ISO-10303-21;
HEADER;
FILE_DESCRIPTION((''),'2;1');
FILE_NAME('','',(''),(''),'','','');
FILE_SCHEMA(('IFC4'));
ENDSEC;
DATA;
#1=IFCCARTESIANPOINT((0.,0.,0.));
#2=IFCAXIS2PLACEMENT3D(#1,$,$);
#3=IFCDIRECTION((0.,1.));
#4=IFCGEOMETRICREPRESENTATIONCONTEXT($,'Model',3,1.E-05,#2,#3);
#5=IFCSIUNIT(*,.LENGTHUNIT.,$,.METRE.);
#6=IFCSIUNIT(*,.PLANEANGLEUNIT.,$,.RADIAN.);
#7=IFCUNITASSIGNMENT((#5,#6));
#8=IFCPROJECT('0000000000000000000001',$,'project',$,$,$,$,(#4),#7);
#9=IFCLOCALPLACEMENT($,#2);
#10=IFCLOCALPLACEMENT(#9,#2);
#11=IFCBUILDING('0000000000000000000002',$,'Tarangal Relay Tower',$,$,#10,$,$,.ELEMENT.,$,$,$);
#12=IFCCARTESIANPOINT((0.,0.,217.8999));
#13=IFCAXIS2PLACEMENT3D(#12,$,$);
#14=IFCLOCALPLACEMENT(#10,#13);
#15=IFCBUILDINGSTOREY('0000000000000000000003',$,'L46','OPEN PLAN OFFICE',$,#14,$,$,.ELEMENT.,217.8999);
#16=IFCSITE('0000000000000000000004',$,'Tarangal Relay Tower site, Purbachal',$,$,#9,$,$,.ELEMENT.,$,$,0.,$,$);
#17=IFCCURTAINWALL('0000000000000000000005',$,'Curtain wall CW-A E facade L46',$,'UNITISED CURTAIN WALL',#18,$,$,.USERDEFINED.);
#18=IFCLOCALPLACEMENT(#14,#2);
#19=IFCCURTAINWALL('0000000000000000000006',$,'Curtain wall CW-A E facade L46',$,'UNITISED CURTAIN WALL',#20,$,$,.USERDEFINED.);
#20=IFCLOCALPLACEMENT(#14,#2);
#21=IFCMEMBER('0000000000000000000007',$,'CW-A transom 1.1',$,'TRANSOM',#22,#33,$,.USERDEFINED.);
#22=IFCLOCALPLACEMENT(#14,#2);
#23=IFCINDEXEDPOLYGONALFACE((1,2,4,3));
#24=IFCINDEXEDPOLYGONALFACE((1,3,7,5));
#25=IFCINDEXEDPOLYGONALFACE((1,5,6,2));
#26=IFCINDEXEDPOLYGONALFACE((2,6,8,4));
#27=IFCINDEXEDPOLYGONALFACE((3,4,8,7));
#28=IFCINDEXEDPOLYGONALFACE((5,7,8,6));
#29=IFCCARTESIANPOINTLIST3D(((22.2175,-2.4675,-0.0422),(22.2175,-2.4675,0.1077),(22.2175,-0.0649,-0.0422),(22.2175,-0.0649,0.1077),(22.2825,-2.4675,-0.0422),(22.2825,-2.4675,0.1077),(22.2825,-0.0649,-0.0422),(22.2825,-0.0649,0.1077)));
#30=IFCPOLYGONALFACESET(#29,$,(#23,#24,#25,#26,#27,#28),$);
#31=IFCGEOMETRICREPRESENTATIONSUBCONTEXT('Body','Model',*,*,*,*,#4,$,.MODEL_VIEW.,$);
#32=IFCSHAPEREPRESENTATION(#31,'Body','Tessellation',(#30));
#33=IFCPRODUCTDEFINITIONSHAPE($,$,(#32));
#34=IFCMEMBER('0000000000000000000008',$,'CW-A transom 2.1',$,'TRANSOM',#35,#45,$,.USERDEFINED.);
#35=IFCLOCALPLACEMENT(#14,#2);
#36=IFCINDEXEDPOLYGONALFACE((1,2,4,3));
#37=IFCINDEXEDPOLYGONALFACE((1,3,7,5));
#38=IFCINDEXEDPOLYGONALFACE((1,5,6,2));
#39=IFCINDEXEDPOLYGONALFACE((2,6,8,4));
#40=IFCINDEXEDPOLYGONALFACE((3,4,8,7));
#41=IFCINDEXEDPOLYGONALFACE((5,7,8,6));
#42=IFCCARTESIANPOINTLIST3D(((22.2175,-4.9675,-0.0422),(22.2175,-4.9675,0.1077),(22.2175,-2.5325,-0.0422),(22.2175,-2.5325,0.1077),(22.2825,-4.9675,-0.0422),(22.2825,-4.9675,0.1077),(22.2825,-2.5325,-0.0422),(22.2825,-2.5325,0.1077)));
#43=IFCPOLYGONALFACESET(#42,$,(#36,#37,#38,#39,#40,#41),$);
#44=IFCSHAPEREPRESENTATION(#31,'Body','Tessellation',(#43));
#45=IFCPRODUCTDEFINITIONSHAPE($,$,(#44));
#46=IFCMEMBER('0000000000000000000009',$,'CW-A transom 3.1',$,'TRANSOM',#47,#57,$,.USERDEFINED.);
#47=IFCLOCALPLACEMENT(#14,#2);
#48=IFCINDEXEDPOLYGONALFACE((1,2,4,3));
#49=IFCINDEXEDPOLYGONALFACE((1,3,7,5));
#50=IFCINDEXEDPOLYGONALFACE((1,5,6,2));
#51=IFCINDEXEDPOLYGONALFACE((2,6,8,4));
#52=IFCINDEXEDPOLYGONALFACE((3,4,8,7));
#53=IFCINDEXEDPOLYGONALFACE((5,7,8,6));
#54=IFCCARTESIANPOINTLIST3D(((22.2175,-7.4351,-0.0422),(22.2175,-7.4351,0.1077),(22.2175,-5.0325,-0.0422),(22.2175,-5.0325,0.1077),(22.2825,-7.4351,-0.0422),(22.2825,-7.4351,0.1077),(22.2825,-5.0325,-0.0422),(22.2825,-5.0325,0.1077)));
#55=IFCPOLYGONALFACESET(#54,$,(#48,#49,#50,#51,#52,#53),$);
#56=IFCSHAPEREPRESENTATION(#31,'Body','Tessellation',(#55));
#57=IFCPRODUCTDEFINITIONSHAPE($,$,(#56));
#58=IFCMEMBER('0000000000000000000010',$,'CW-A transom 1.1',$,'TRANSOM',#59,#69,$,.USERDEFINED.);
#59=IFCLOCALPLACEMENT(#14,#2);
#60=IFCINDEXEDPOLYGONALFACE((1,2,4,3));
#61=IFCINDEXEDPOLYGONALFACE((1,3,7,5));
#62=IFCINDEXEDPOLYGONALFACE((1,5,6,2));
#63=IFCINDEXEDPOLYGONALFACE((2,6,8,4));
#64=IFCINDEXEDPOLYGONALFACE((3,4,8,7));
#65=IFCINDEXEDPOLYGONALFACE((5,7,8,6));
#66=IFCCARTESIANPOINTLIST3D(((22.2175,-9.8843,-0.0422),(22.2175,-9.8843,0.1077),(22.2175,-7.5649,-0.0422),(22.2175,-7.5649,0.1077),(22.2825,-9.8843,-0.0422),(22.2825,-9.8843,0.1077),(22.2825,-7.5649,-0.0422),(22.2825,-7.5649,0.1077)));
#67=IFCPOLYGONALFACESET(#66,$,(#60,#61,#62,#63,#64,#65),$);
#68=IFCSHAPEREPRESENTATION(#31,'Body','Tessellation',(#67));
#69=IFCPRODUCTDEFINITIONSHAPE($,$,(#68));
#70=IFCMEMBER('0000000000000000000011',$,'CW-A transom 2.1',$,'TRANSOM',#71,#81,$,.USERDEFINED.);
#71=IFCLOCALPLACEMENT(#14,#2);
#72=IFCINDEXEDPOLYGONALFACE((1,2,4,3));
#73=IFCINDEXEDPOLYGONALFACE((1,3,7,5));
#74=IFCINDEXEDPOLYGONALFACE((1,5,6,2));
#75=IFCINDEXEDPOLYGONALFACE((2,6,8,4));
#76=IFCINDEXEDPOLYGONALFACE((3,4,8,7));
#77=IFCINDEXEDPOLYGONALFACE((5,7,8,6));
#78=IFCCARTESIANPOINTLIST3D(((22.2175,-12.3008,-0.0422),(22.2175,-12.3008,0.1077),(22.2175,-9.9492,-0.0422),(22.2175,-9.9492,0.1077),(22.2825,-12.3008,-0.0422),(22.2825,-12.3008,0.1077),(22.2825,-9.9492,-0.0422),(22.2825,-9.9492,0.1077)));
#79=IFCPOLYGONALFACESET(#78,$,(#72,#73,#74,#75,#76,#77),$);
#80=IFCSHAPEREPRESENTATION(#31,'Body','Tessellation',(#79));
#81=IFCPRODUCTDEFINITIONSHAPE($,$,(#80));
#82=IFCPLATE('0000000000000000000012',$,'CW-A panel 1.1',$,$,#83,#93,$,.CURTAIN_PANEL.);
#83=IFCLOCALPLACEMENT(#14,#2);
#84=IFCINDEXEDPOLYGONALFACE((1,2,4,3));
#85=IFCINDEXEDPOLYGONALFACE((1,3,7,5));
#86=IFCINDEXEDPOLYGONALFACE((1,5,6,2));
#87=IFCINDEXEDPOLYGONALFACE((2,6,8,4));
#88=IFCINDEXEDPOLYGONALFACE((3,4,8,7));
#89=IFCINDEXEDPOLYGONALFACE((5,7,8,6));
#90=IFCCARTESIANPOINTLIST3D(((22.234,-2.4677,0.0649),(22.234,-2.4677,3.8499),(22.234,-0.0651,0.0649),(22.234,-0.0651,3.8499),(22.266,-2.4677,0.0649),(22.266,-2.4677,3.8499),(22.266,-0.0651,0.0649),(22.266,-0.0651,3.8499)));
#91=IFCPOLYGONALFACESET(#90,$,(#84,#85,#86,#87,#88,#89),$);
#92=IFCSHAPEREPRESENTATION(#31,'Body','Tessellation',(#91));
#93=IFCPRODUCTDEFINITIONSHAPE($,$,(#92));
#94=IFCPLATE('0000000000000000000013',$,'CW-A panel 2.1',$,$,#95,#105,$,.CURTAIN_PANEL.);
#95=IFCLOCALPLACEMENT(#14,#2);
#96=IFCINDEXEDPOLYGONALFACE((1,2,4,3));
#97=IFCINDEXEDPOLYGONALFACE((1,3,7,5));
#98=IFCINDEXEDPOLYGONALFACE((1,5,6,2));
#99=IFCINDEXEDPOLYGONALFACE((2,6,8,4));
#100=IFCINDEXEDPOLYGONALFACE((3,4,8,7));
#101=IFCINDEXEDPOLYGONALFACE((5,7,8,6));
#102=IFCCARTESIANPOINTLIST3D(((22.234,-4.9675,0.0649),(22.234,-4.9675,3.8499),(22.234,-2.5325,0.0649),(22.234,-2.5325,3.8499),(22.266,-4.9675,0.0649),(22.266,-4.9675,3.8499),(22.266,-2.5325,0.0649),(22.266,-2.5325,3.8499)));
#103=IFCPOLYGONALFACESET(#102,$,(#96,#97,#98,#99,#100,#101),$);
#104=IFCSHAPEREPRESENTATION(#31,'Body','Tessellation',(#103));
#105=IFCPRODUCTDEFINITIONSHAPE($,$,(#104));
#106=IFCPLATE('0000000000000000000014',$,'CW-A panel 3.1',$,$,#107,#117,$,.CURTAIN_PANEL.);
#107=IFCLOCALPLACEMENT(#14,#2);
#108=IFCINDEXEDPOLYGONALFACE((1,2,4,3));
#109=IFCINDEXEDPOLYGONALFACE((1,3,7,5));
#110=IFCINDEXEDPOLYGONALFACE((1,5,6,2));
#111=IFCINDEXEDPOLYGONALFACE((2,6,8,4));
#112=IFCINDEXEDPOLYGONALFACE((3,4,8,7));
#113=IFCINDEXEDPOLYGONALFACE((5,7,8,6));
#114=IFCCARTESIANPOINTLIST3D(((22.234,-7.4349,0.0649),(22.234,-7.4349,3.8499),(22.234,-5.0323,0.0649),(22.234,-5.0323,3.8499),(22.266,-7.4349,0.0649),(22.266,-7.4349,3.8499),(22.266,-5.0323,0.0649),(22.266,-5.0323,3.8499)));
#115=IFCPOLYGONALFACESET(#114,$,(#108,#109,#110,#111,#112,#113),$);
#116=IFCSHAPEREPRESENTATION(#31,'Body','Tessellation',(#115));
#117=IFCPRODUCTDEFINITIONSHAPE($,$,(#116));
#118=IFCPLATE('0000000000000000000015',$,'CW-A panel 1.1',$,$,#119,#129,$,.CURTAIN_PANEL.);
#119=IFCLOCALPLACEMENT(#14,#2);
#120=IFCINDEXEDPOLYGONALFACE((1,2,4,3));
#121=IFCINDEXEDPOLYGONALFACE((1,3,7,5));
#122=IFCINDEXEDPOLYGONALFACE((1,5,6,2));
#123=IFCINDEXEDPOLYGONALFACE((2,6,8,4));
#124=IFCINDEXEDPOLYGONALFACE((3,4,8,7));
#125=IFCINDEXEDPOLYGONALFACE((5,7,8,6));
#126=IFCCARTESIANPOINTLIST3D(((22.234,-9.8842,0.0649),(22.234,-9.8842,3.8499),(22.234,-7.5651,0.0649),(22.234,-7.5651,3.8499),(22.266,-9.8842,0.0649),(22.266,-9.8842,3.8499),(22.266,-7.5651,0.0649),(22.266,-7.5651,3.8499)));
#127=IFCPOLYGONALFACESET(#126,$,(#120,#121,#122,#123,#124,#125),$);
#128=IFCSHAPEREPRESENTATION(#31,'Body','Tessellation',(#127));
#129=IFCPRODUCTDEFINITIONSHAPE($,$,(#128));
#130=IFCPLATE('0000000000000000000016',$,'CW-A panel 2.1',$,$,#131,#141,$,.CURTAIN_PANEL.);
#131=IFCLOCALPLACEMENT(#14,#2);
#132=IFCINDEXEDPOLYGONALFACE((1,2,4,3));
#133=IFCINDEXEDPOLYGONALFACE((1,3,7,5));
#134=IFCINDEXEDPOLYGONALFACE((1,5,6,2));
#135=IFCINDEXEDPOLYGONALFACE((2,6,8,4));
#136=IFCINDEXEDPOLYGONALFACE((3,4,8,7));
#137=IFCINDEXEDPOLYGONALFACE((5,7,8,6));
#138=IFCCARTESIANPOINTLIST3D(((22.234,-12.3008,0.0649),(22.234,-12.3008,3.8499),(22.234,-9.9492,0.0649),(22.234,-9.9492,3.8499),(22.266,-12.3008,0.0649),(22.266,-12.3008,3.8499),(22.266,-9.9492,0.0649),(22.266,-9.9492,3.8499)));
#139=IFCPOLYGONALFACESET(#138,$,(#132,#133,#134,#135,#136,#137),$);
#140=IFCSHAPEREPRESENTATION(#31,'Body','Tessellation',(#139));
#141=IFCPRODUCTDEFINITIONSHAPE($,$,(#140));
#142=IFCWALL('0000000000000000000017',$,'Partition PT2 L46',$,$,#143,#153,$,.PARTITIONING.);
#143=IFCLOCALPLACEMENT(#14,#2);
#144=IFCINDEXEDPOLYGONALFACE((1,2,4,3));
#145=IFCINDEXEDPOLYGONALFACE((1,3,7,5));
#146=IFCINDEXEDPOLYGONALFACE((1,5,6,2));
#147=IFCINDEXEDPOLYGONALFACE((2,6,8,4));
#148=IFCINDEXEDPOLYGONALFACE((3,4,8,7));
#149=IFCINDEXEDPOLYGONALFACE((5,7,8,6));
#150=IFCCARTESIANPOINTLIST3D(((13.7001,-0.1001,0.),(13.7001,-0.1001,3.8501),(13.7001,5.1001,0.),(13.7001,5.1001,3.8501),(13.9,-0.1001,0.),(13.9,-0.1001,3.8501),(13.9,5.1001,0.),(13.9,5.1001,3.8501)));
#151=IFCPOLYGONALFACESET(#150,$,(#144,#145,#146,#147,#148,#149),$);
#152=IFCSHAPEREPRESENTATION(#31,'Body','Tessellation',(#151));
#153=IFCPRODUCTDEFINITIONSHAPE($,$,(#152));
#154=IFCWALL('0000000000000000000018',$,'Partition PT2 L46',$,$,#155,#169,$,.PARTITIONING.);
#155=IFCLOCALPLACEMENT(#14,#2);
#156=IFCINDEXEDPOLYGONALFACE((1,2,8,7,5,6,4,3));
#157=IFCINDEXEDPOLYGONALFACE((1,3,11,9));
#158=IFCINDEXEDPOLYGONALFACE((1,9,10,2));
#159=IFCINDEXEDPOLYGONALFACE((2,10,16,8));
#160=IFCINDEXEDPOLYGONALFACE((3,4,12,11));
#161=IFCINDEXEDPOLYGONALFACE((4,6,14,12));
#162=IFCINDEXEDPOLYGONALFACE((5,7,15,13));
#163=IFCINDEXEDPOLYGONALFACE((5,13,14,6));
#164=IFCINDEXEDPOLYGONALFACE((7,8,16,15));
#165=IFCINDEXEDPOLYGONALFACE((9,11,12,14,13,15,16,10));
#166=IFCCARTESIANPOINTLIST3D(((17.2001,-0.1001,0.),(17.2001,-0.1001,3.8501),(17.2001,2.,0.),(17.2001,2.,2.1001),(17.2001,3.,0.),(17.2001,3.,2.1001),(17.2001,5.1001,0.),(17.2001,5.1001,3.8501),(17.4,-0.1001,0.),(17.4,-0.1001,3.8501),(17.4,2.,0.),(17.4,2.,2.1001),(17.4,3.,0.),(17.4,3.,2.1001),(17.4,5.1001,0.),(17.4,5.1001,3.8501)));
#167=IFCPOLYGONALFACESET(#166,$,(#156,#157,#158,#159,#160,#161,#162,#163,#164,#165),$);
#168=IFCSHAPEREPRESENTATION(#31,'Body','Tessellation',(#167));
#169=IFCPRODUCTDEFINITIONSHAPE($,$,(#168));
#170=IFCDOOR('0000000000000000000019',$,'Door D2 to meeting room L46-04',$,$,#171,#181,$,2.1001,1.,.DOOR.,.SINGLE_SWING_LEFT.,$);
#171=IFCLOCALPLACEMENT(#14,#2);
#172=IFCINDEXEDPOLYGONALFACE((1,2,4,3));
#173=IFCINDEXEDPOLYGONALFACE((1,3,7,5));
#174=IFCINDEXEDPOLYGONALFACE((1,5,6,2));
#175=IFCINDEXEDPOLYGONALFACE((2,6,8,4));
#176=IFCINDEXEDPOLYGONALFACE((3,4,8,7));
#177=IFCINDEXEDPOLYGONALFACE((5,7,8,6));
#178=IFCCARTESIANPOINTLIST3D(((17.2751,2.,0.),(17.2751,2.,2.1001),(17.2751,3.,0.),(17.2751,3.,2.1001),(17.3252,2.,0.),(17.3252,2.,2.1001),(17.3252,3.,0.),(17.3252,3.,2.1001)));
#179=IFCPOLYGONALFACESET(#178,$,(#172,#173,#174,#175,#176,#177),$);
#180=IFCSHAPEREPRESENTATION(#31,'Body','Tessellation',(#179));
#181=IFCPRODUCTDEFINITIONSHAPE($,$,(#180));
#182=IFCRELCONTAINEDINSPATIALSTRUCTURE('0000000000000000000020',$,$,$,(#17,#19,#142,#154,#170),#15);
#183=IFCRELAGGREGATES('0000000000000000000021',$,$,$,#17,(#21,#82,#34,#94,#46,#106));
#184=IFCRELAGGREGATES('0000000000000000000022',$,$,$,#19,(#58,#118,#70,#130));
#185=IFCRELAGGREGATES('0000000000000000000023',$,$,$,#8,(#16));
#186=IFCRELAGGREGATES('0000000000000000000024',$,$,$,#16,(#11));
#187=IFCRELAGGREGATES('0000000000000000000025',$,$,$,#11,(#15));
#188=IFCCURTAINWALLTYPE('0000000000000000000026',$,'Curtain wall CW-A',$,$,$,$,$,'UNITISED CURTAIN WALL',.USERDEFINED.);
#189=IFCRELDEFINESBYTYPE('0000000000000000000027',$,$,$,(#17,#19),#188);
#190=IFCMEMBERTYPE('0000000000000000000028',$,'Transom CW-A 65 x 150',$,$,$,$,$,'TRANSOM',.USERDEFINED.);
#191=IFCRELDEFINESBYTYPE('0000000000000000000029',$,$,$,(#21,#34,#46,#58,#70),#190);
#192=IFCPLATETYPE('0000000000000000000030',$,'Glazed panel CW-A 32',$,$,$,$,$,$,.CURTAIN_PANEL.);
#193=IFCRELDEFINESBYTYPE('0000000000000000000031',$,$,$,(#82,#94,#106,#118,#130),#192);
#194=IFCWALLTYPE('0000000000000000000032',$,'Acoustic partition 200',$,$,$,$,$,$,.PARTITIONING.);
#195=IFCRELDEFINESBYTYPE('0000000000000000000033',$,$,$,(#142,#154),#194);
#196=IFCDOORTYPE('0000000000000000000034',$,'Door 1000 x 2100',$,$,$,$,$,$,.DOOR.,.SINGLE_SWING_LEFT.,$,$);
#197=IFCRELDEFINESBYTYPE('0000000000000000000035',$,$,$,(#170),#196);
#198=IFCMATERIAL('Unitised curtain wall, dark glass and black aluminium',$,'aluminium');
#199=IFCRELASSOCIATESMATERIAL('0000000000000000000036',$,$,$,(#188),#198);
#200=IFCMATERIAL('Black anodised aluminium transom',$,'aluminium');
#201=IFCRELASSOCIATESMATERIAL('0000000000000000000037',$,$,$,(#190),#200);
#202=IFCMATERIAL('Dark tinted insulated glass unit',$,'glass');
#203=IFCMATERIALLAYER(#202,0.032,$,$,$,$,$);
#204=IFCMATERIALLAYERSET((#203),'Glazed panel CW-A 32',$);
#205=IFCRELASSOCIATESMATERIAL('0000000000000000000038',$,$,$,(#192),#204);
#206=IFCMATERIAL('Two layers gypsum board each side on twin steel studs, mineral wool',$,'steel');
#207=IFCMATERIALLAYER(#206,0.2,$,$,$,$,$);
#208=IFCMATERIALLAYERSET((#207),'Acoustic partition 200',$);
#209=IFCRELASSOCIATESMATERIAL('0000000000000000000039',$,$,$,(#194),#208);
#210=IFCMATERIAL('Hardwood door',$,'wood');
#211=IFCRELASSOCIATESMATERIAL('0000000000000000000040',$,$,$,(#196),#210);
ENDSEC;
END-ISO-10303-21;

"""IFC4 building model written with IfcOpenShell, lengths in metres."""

from ifc_helpers import new_model, si_unit, direction, frame, frame_2d, origin, origin_2d, place, context, subcontext, project, spatial, rectangle, extrude, material, layer, layer_set, material_profile, profile_set, type_object, element, fill, aggregate, save


model = new_model("IFC4")

# Units and contexts
model_context = context("Model", 3, precision=1e-05, world=origin(), true_north=direction((0.0, 1.0)))
body_context = subcontext(model_context, "Body", "Model", "MODEL_VIEW")
ifc_project = project(units=[si_unit("LENGTHUNIT", "METRE"), si_unit("PLANEANGLEUNIT", "RADIAN")], contexts=[model_context])

# Site, building, storey
site_placement = place(None, origin())
site = spatial("IfcSite", under=ifc_project, at=site_placement, Name="Tarangal Relay Tower site, Purbachal", CompositionType="ELEMENT", RefElevation=0.0)
building_placement = place(site_placement, origin())
building = spatial("IfcBuilding", under=site, at=building_placement, Name="Tarangal Relay Tower", CompositionType="ELEMENT")
storey_placement = place(building_placement, frame((0.0, 0.0, 217.8999)))
storey = spatial("IfcBuildingStorey", under=building, at=storey_placement, Name="L46", Description="OPEN PLAN OFFICE", CompositionType="ELEMENT", Elevation=217.8999)

# Curtain walls
ifc_material_1 = material(Name="Unitised curtain wall, dark glass and black aluminium", Category="aluminium")
curtain_wall_type = type_object("IfcCurtainWallType", Name="Curtain wall CW-A", ElementType="UNITISED CURTAIN WALL", PredefinedType="USERDEFINED", material=ifc_material_1)
curtain_wall_1_placement = place(storey_placement, origin())
curtain_wall_1 = element("IfcCurtainWall", 1, at=curtain_wall_1_placement, inside=storey, type_object=curtain_wall_type, Name="Curtain wall CW-A E facade L46", ObjectType="UNITISED CURTAIN WALL", PredefinedType="USERDEFINED")
curtain_wall_2_placement = place(storey_placement, origin())
curtain_wall_2 = element("IfcCurtainWall", 2, at=curtain_wall_2_placement, inside=storey, type_object=curtain_wall_type, Name="Curtain wall CW-A E facade L46", ObjectType="UNITISED CURTAIN WALL", PredefinedType="USERDEFINED")

# Members
ifc_material_2 = material(Name="Black anodised aluminium transom", Category="aluminium")
ifc_material_profile_1 = material_profile(ifc_material_2, rectangle(XDim=0.0649, YDim=0.1499, at=origin_2d()), Name="CW-AT 65X150")
ifc_profile_set_1 = profile_set([ifc_material_profile_1], Name="Black anodised aluminium transom")
member_type_1 = type_object("IfcMemberType", Name="Transom CW-A 65 x 150", ElementType="TRANSOM", PredefinedType="USERDEFINED", material=ifc_profile_set_1)
member_1_placement = place(storey_placement, frame((22.25, -0.0649, 0.0327), z_axis=(0.0, -1.0, 0.0), x_axis=(1.0, 0.0, 0.0)))
member_1 = element("IfcMember", 3, at=member_1_placement, type_object=member_type_1, Name="CW-A transom 1.1", ObjectType="TRANSOM", PredefinedType="USERDEFINED", context=body_context, shape_type="SweptSolid", body=[
    extrude(rectangle(XDim=0.0649, YDim=0.1499, at=origin_2d()), origin(), (0.0, 0.0, 1.0), 2.4026),
])
member_2_placement = place(storey_placement, frame((22.25, -2.5325, 0.0327), z_axis=(0.0, -1.0, 0.0), x_axis=(1.0, 0.0, 0.0)))
member_2 = element("IfcMember", 4, at=member_2_placement, type_object=member_type_1, Name="CW-A transom 2.1", ObjectType="TRANSOM", PredefinedType="USERDEFINED", context=body_context, shape_type="SweptSolid", body=[
    extrude(rectangle(XDim=0.0649, YDim=0.1499, at=origin_2d()), origin(), (0.0, 0.0, 1.0), 2.4351),
])
member_3_placement = place(storey_placement, frame((22.25, -5.0325, 0.0327), z_axis=(0.0, -1.0, 0.0), x_axis=(1.0, 0.0, 0.0)))
member_3 = element("IfcMember", 5, at=member_3_placement, type_object=member_type_1, Name="CW-A transom 3.1", ObjectType="TRANSOM", PredefinedType="USERDEFINED", context=body_context, shape_type="SweptSolid", body=[
    extrude(rectangle(XDim=0.0649, YDim=0.1499, at=origin_2d()), origin(), (0.0, 0.0, 1.0), 2.4026),
])
member_4_placement = place(storey_placement, frame((22.25, -7.5649, 0.0327), z_axis=(0.0, -1.0, 0.0), x_axis=(1.0, 0.0, 0.0)))
member_4 = element("IfcMember", 6, at=member_4_placement, type_object=member_type_1, Name="CW-A transom 1.1", ObjectType="TRANSOM", PredefinedType="USERDEFINED", context=body_context, shape_type="SweptSolid", body=[
    extrude(rectangle(XDim=0.0649, YDim=0.1499, at=origin_2d()), origin(), (0.0, 0.0, 1.0), 2.3193),
])
member_5_placement = place(storey_placement, frame((22.25, -9.9492, 0.0327), z_axis=(0.0, -1.0, 0.0), x_axis=(1.0, 0.0, 0.0)))
member_5 = element("IfcMember", 7, at=member_5_placement, type_object=member_type_1, Name="CW-A transom 2.1", ObjectType="TRANSOM", PredefinedType="USERDEFINED", context=body_context, shape_type="SweptSolid", body=[
    extrude(rectangle(XDim=0.0649, YDim=0.1499, at=origin_2d()), origin(), (0.0, 0.0, 1.0), 2.3516),
])

# Plates
ifc_material_3 = material(Name="Dark tinted insulated glass unit", Category="glass")
ifc_layer_1 = layer(ifc_material_3, 0.032)
ifc_layer_set_1 = layer_set([ifc_layer_1], Name="Glazed panel CW-A 32")
plate_type = type_object("IfcPlateType", Name="Glazed panel CW-A 32", PredefinedType="CURTAIN_PANEL", material=ifc_layer_set_1)
plate_1_placement = place(storey_placement, frame((22.25, -1.2664, 0.0649), z_axis=(0.0, 0.0, 1.0), x_axis=(0.0, -1.0, 0.0)))
plate_1 = element("IfcPlate", 8, at=plate_1_placement, type_object=plate_type, Name="CW-A panel 1.1", PredefinedType="CURTAIN_PANEL", context=body_context, shape_type="SweptSolid", body=[
    extrude(rectangle(XDim=2.4026, YDim=0.032, at=origin_2d()), origin(), (0.0, 0.0, 1.0), 3.7849),
])
plate_2_placement = place(storey_placement, frame((22.25, -3.75, 0.0649), z_axis=(0.0, 0.0, 1.0), x_axis=(0.0, -1.0, 0.0)))
plate_2 = element("IfcPlate", 9, at=plate_2_placement, type_object=plate_type, Name="CW-A panel 2.1", PredefinedType="CURTAIN_PANEL", context=body_context, shape_type="SweptSolid", body=[
    extrude(rectangle(XDim=2.4351, YDim=0.032, at=origin_2d()), origin(), (0.0, 0.0, 1.0), 3.7849),
])
plate_3_placement = place(storey_placement, frame((22.25, -6.2336, 0.0649), z_axis=(0.0, 0.0, 1.0), x_axis=(0.0, -1.0, 0.0)))
plate_3 = element("IfcPlate", 10, at=plate_3_placement, type_object=plate_type, Name="CW-A panel 3.1", PredefinedType="CURTAIN_PANEL", context=body_context, shape_type="SweptSolid", body=[
    extrude(rectangle(XDim=2.4026, YDim=0.032, at=origin_2d()), origin(), (0.0, 0.0, 1.0), 3.7849),
])
aggregate(curtain_wall_1, [member_1, plate_1, member_2, plate_2, member_3, plate_3])
plate_4_placement = place(storey_placement, frame((22.25, -8.7246, 0.0649), z_axis=(0.0, 0.0, 1.0), x_axis=(0.0, -1.0, 0.0)))
plate_4 = element("IfcPlate", 11, at=plate_4_placement, type_object=plate_type, Name="CW-A panel 1.1", PredefinedType="CURTAIN_PANEL", context=body_context, shape_type="SweptSolid", body=[
    extrude(rectangle(XDim=2.3191, YDim=0.032, at=origin_2d()), origin(), (0.0, 0.0, 1.0), 3.7849),
])
plate_5_placement = place(storey_placement, frame((22.25, -11.125, 0.0649), z_axis=(0.0, 0.0, 1.0), x_axis=(0.0, -1.0, 0.0)))
plate_5 = element("IfcPlate", 12, at=plate_5_placement, type_object=plate_type, Name="CW-A panel 2.1", PredefinedType="CURTAIN_PANEL", context=body_context, shape_type="SweptSolid", body=[
    extrude(rectangle(XDim=2.3516, YDim=0.032, at=origin_2d()), origin(), (0.0, 0.0, 1.0), 3.7849),
])
aggregate(curtain_wall_2, [member_4, plate_4, member_5, plate_5])

# Wall
ifc_material_4 = material(Name="Two layers gypsum board each side on twin steel studs, mineral wool", Category="steel")
ifc_layer_2 = layer(ifc_material_4, 0.2)
ifc_layer_set_2 = layer_set([ifc_layer_2], Name="Acoustic partition 200")
wall_type_1 = type_object("IfcWallType", Name="Acoustic partition 200", PredefinedType="PARTITIONING", material=ifc_layer_set_2)
wall_1_placement = place(storey_placement, frame((13.8, -0.1001, 0.0), z_axis=(0.0, 0.0, 1.0), x_axis=(0.0, 1.0, 0.0)))
element("IfcWall", 13, at=wall_1_placement, inside=storey, type_object=wall_type_1, Name="Partition PT2 L46", PredefinedType="PARTITIONING", context=body_context, shape_type="SweptSolid", body=[
    extrude(rectangle(XDim=5.2002, YDim=0.2, at=frame_2d((2.6001, 0.0))), origin(), (0.0, 0.0, 1.0), 3.8501),
])

# Wall, opening, door
wall_2_placement = place(storey_placement, frame((17.3, -0.1001, 0.0), z_axis=(0.0, 0.0, 1.0), x_axis=(0.0, 1.0, 0.0)))
wall_2 = element("IfcWall", 14, at=wall_2_placement, inside=storey, type_object=wall_type_1, Name="Partition PT2 L46", PredefinedType="PARTITIONING", context=body_context, shape_type="SweptSolid", body=[
    extrude(rectangle(XDim=5.2002, YDim=0.2, at=frame_2d((2.6001, 0.0))), origin(), (0.0, 0.0, 1.0), 3.8501),
])
opening_1_placement = place(wall_2_placement, frame((2.1001, 0.0, 0.0)))
opening_1 = element("IfcOpeningElement", 15, at=opening_1_placement, cuts=wall_2, PredefinedType="OPENING", context=body_context, shape_type="SweptSolid", body=[
    extrude(rectangle(XDim=1.0, YDim=2.1001, at=frame_2d((0.5, 1.05))), frame((0.0, 0.1099, 0.0), z_axis=(0.0, -1.0, 0.0), x_axis=(1.0, 0.0, 0.0)), (0.0, 0.0, 1.0), 0.22),
])
ifc_material_5 = material(Name="Hardwood door", Category="wood")
door_type_1 = type_object("IfcDoorType", Name="Door 1000 x 2100", OperationType="SINGLE_SWING_LEFT", PredefinedType="DOOR", material=ifc_material_5)
door_1_placement = place(opening_1_placement, origin())
door_1 = element("IfcDoor", 16, at=door_1_placement, inside=storey, type_object=door_type_1, Name="Door D2 to meeting room L46-04", OperationType="SINGLE_SWING_LEFT", OverallHeight=2.1001, OverallWidth=1.0, PredefinedType="DOOR", context=body_context, shape_type="SweptSolid", body=[
    extrude(rectangle(XDim=1.0, YDim=2.1001, at=frame_2d((0.5, 1.05))), frame((0.0, 0.0249, 0.0), z_axis=(0.0, -1.0, 0.0), x_axis=(1.0, 0.0, 0.0)), (0.0, 0.0, 1.0), 0.05),
])
fill(opening_1, door_1)

save(model, "model.ifc")
